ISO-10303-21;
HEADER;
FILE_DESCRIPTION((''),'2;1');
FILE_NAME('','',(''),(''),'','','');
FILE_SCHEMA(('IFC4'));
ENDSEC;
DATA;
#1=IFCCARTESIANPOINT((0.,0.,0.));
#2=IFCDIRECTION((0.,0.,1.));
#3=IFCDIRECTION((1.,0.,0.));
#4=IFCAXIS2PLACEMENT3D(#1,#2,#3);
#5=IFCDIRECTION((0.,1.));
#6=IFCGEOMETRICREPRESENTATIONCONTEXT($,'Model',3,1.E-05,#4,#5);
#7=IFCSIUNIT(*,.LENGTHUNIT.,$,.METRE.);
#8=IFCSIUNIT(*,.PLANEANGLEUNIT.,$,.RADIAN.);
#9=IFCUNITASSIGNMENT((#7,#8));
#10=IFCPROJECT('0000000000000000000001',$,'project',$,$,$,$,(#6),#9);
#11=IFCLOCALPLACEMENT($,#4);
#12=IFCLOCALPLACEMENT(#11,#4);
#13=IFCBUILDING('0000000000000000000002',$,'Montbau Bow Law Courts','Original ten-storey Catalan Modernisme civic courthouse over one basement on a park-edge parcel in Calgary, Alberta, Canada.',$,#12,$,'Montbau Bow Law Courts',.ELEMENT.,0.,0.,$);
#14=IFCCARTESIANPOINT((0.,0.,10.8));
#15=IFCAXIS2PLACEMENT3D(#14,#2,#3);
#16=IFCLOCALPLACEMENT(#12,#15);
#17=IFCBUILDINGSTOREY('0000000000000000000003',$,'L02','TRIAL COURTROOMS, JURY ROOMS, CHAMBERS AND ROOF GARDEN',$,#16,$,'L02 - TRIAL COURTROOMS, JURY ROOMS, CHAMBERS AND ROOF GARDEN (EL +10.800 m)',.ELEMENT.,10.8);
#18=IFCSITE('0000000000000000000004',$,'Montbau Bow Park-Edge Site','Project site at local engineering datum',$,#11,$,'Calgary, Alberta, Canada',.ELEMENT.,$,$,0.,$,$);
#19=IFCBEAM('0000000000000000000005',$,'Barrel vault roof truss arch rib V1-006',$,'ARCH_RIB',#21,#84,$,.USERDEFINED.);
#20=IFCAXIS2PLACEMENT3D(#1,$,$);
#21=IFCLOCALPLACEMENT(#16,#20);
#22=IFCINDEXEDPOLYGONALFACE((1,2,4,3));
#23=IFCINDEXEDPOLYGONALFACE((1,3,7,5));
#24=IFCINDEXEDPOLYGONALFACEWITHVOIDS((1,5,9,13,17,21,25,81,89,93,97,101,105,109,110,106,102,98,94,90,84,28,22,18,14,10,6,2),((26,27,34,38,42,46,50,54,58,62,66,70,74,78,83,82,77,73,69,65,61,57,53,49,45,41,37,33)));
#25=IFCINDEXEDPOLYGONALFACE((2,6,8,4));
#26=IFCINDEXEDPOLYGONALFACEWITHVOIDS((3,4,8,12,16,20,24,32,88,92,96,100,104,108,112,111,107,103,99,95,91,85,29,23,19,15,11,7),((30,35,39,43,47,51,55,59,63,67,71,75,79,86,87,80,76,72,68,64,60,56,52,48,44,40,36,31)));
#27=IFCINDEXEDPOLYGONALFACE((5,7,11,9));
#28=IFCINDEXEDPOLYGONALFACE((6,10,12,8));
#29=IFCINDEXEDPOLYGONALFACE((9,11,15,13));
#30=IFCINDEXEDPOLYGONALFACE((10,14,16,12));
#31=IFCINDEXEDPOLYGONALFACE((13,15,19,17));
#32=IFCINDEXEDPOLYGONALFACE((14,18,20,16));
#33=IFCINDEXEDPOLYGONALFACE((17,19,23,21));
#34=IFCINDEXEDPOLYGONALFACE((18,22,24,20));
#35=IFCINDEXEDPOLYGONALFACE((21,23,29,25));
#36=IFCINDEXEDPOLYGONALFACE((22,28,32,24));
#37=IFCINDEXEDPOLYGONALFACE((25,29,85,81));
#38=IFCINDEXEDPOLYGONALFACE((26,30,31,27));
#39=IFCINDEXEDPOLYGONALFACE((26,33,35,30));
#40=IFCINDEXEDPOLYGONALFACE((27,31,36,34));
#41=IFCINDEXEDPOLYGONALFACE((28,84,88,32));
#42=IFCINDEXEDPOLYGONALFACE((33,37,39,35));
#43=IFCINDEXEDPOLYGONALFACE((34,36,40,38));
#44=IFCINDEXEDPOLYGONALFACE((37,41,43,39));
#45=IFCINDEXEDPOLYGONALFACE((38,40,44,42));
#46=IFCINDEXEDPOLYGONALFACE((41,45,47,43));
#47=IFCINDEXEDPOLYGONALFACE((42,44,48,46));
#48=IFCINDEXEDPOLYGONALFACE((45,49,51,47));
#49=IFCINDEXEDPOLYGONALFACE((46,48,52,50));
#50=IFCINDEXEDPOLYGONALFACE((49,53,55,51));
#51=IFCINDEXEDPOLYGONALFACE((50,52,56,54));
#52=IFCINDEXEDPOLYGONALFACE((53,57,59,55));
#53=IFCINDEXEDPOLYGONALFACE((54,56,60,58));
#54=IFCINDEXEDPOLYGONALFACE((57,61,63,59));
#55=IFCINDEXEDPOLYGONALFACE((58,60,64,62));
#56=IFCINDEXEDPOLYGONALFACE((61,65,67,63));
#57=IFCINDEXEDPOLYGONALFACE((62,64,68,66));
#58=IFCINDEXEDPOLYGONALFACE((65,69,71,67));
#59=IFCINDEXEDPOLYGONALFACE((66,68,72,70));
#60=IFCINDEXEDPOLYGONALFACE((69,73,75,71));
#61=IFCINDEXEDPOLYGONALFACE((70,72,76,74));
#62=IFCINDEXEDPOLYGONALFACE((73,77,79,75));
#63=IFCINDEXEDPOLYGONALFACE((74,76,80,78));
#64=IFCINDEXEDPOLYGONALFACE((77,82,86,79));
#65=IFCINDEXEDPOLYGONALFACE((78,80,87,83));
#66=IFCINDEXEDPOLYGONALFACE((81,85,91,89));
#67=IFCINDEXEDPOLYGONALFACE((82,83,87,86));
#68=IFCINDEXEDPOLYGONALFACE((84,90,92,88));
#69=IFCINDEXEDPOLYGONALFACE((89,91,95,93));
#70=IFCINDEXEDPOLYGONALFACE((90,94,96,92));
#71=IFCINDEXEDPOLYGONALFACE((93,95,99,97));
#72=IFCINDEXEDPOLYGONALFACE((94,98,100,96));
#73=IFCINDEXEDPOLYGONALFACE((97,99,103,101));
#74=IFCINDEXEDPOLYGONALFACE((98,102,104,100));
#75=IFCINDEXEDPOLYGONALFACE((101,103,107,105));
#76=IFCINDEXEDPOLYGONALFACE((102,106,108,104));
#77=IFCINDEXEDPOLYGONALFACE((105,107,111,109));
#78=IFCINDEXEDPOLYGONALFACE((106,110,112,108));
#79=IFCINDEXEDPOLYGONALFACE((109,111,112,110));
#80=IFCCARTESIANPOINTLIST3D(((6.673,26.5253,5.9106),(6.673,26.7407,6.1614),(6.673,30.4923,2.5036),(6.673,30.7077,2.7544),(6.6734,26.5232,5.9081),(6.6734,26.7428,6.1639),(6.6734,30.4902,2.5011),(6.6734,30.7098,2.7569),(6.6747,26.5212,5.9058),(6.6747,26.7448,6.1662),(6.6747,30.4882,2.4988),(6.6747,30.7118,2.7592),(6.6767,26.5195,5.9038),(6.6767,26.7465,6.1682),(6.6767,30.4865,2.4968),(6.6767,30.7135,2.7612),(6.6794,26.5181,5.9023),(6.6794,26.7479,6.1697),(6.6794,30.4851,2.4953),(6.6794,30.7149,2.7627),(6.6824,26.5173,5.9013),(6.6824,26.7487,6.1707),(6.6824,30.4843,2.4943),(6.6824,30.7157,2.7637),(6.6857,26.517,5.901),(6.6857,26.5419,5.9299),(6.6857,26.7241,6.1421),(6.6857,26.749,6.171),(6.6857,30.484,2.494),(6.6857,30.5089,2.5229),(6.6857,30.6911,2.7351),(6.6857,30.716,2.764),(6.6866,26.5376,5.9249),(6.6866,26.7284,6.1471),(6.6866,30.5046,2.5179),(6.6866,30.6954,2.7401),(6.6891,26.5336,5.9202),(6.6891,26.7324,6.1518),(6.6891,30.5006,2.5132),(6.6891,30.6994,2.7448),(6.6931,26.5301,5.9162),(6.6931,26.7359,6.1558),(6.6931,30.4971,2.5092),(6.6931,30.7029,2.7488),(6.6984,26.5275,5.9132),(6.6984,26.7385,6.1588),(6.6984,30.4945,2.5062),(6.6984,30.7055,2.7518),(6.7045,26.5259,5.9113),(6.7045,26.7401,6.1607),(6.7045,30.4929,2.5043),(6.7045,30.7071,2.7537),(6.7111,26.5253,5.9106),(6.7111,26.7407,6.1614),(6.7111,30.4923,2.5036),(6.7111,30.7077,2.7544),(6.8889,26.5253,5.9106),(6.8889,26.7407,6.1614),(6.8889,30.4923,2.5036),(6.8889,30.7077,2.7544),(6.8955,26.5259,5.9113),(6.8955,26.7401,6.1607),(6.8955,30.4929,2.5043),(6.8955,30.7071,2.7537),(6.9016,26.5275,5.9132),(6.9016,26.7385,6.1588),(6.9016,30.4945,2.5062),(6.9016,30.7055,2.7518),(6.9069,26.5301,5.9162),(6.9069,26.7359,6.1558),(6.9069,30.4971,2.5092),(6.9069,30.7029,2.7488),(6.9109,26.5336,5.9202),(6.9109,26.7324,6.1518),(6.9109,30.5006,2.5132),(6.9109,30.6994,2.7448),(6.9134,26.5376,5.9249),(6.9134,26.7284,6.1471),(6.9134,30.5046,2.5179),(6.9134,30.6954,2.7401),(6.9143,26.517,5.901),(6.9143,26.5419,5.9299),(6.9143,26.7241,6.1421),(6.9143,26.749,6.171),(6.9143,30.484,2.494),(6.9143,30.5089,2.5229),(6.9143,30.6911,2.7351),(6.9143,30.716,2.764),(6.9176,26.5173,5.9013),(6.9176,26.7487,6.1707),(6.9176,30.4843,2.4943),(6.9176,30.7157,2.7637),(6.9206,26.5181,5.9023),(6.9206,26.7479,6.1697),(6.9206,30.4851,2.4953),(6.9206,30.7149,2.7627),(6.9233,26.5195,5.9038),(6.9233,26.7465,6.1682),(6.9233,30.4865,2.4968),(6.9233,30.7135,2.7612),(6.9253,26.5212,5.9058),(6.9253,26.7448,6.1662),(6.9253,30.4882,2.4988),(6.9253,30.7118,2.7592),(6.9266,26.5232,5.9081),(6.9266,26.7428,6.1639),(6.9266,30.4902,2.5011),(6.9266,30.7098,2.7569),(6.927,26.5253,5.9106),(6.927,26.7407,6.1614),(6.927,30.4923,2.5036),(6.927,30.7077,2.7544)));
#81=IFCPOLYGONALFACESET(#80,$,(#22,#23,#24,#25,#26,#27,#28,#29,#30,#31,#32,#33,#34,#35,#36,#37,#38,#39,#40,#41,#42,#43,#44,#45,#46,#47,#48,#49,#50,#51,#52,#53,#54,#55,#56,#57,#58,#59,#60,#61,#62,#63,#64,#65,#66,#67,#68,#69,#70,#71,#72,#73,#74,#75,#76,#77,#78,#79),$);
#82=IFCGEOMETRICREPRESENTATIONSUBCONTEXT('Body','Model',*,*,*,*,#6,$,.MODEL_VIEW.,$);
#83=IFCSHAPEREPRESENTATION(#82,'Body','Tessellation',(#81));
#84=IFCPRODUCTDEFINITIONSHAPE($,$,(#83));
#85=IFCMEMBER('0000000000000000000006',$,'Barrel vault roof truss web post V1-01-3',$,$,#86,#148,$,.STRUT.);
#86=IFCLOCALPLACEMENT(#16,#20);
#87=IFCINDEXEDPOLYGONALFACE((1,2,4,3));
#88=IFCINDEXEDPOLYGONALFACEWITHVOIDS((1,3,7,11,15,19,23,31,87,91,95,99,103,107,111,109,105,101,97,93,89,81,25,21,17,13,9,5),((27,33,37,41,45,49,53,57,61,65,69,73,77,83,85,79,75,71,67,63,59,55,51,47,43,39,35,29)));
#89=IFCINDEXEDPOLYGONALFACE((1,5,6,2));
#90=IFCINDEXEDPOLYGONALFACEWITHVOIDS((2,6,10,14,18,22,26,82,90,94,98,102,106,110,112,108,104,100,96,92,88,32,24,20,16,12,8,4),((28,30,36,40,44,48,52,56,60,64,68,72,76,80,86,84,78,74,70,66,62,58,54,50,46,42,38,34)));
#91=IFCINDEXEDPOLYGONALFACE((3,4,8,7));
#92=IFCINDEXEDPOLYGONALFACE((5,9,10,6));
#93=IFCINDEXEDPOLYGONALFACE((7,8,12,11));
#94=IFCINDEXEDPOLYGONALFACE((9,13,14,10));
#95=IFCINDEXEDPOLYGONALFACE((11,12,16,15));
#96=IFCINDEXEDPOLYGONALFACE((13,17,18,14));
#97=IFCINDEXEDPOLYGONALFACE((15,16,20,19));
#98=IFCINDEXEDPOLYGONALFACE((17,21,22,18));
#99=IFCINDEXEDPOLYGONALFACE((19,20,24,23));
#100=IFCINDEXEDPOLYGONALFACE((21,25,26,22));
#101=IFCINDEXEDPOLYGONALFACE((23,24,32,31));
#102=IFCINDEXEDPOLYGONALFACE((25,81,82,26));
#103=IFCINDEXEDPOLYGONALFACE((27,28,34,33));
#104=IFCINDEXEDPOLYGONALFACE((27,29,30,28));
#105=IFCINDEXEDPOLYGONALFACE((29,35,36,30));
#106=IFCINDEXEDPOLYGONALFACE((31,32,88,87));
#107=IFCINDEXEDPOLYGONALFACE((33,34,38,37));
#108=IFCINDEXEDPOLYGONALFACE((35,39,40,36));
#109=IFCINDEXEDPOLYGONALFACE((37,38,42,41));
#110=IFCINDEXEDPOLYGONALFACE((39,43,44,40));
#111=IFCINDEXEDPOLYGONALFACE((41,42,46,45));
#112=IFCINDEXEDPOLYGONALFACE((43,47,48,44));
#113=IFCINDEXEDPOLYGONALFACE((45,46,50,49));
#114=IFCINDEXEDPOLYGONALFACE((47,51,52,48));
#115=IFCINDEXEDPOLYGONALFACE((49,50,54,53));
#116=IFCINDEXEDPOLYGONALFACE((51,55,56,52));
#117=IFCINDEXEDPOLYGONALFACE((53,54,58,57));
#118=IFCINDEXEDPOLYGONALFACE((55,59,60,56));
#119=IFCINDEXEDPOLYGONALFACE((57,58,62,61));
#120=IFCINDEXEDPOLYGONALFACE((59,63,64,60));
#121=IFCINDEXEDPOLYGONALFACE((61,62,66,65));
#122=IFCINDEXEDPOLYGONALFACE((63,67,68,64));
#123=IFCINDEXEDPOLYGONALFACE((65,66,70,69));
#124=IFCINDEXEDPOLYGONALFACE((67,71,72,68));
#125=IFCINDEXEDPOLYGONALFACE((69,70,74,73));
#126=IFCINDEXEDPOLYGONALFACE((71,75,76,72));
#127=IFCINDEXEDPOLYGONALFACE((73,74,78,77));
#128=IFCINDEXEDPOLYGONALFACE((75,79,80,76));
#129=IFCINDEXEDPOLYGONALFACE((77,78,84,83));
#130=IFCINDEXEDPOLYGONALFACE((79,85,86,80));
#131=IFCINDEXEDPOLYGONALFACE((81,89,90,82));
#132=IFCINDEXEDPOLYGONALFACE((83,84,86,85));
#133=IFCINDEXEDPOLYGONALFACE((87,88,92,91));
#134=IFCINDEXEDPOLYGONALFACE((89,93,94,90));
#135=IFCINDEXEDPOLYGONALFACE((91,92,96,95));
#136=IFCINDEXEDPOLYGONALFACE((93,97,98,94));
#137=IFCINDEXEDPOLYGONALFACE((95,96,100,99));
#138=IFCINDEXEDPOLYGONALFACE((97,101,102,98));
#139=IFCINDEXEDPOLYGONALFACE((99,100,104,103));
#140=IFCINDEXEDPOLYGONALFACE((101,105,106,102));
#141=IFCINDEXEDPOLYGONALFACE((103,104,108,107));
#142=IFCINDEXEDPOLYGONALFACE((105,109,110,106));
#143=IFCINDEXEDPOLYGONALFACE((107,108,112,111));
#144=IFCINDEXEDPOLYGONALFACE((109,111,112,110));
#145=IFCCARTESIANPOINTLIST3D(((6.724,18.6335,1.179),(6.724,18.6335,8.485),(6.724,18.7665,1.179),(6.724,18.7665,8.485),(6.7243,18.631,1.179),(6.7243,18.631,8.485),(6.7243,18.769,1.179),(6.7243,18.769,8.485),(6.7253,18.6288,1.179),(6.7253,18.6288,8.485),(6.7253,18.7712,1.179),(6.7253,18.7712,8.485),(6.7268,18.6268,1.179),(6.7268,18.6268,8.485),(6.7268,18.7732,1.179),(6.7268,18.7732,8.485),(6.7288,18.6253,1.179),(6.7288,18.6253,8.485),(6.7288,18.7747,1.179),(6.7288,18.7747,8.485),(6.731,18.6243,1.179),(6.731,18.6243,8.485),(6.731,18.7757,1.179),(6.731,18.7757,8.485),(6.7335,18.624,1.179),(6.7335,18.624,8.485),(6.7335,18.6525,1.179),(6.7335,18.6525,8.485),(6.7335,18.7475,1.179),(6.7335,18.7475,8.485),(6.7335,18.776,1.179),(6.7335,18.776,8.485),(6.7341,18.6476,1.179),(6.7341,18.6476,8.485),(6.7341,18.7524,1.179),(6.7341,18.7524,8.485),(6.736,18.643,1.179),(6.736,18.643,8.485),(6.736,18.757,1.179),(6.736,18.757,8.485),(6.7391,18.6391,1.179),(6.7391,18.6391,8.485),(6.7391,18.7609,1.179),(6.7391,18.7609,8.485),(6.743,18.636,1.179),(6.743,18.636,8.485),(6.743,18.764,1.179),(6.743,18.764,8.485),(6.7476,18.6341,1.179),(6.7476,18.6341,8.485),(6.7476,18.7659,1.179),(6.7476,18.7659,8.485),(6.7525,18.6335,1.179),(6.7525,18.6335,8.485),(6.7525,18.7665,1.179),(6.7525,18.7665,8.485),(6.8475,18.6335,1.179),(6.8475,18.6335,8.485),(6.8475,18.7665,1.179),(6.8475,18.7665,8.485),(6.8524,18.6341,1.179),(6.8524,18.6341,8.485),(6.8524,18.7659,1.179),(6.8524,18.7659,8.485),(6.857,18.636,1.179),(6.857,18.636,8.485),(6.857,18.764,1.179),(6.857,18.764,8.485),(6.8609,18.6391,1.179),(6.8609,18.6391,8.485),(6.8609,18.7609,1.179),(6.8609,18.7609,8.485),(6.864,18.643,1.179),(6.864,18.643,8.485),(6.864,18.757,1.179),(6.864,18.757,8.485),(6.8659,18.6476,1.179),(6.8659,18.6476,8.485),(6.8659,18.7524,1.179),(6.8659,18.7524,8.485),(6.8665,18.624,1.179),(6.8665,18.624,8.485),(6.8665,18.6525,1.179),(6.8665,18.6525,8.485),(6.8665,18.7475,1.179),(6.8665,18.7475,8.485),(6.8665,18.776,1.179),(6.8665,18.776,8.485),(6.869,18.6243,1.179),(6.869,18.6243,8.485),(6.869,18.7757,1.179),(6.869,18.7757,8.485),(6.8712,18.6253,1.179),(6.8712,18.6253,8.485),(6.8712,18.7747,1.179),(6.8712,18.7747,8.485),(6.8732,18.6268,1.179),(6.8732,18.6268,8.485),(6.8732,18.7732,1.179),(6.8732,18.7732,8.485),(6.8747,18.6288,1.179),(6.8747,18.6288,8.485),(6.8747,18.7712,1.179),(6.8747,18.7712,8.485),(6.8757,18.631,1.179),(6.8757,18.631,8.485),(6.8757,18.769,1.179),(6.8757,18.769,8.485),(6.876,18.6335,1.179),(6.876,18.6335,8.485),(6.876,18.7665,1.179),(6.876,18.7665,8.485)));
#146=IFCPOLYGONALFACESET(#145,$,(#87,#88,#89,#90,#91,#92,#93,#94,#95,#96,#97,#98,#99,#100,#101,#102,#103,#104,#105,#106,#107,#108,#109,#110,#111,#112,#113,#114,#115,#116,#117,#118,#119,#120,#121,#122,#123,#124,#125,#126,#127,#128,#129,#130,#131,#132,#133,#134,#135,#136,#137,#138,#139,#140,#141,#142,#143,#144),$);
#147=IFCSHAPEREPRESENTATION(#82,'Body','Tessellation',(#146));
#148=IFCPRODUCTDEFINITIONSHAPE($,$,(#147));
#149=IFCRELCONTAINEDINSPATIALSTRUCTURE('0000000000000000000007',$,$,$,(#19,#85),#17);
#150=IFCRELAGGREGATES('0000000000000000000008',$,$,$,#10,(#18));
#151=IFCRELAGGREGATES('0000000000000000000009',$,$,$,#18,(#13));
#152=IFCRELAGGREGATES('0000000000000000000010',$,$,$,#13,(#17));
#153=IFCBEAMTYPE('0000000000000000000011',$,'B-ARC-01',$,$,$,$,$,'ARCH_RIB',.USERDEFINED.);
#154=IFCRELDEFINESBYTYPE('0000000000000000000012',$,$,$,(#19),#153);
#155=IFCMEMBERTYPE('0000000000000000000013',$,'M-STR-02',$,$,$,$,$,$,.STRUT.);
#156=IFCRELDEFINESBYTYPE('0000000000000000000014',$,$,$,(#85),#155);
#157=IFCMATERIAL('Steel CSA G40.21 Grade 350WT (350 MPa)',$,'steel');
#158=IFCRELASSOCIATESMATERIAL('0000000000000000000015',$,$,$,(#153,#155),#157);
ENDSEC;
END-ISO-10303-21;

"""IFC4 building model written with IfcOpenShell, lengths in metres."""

from ifc_helpers import new_model, si_unit, direction, frame, origin_with_axes, origin_2d_with_axis, place, context, subcontext, project, spatial, hollow_rectangle, extrude, material, material_profile, profile_set, type_object, element, save


model = new_model("IFC4")

# Units and contexts
model_context = context("Model", 3, precision=1e-05, world=origin_with_axes(), true_north=direction((0.0, 1.0)))
body_context = subcontext(model_context, "Body", "Model", "MODEL_VIEW")
ifc_project = project(units=[si_unit("LENGTHUNIT", "METRE"), si_unit("PLANEANGLEUNIT", "RADIAN")], contexts=[model_context])

# Site, building, storey
site_placement = place(None, origin_with_axes())
site = spatial("IfcSite", under=ifc_project, at=site_placement, Name="Montbau Bow Park-Edge Site", Description="Project site at local engineering datum", LongName="Calgary, Alberta, Canada", CompositionType="ELEMENT", RefElevation=0.0)
building_placement = place(site_placement, origin_with_axes())
building = spatial("IfcBuilding", under=site, at=building_placement, Name="Montbau Bow Law Courts", Description="Original ten-storey Catalan Modernisme civic courthouse over one basement on a park-edge parcel in Calgary, Alberta, Canada.", LongName="Montbau Bow Law Courts", CompositionType="ELEMENT", ElevationOfRefHeight=0.0, ElevationOfTerrain=0.0)
storey_placement = place(building_placement, frame((0.0, 0.0, 10.8), z_axis=(0.0, 0.0, 1.0), x_axis=(1.0, 0.0, 0.0)))
storey = spatial("IfcBuildingStorey", under=building, at=storey_placement, Name="L02", Description="TRIAL COURTROOMS, JURY ROOMS, CHAMBERS AND ROOF GARDEN", LongName="L02 - TRIAL COURTROOMS, JURY ROOMS, CHAMBERS AND ROOF GARDEN (EL +10.800 m)", CompositionType="ELEMENT", Elevation=10.8)

# Beam
ifc_material = material(Name="Steel CSA G40.21 Grade 350WT (350 MPa)", Category="steel")
ifc_material_profile_1 = material_profile(ifc_material, hollow_rectangle(XDim=0.254, YDim=0.356, WallThickness=0.0127, InnerFilletRadius=0.0254, OuterFilletRadius=0.0127, at=origin_2d_with_axis()), Name="HSS356X254X13", Category="Main", Priority=0)
ifc_profile_set_1 = profile_set([ifc_material_profile_1], Name="Steel CSA G40.21 Grade 350WT (350 MPa)")
beam_type = type_object("IfcBeamType", Name="B-ARC-01", ElementType="ARCH_RIB", PredefinedType="USERDEFINED", material=ifc_profile_set_1)
beam_placement = place(None, frame((6.8, 26.633, 16.836), z_axis=(0.0, 0.758622, -0.651531), x_axis=(-1.0, 0.0, 0.0)))
element("IfcBeam", 1, at=beam_placement, inside=storey, type_object=beam_type, Name="Barrel vault roof truss arch rib V1-006", ObjectType="ARCH_RIB", PredefinedType="USERDEFINED", context=body_context, shape_type="SweptSolid", body=[
    extrude(hollow_rectangle(XDim=0.254, YDim=0.356, WallThickness=0.0127, InnerFilletRadius=0.0254, OuterFilletRadius=0.0127, at=origin_2d_with_axis()), origin_with_axes(), (0.0, 0.0, 1.0), 5.2292),
])

# Member
ifc_material_profile_2 = material_profile(ifc_material, hollow_rectangle(XDim=0.152, YDim=0.152, WallThickness=0.0095, InnerFilletRadius=0.019, OuterFilletRadius=0.0095, at=origin_2d_with_axis()), Name="HSS152X152X9.5", Category="Main", Priority=0)
ifc_profile_set_2 = profile_set([ifc_material_profile_2], Name="Steel CSA G40.21 Grade 350WT (350 MPa)")
member_type_1 = type_object("IfcMemberType", Name="M-STR-02", PredefinedType="STRUT", material=ifc_profile_set_2)
member_1_placement = place(None, frame((6.8, 18.7, 11.979), z_axis=(0.0, 0.0, 1.0), x_axis=(1.0, 0.0, 0.0)))
element("IfcMember", 2, at=member_1_placement, inside=storey, type_object=member_type_1, Name="Barrel vault roof truss web post V1-01-3", PredefinedType="STRUT", context=body_context, shape_type="SweptSolid", body=[
    extrude(hollow_rectangle(XDim=0.152, YDim=0.152, WallThickness=0.0095, InnerFilletRadius=0.019, OuterFilletRadius=0.0095, at=origin_2d_with_axis()), origin_with_axes(), (0.0, 0.0, 1.0), 7.306),
])

save(model, "model.ifc")
